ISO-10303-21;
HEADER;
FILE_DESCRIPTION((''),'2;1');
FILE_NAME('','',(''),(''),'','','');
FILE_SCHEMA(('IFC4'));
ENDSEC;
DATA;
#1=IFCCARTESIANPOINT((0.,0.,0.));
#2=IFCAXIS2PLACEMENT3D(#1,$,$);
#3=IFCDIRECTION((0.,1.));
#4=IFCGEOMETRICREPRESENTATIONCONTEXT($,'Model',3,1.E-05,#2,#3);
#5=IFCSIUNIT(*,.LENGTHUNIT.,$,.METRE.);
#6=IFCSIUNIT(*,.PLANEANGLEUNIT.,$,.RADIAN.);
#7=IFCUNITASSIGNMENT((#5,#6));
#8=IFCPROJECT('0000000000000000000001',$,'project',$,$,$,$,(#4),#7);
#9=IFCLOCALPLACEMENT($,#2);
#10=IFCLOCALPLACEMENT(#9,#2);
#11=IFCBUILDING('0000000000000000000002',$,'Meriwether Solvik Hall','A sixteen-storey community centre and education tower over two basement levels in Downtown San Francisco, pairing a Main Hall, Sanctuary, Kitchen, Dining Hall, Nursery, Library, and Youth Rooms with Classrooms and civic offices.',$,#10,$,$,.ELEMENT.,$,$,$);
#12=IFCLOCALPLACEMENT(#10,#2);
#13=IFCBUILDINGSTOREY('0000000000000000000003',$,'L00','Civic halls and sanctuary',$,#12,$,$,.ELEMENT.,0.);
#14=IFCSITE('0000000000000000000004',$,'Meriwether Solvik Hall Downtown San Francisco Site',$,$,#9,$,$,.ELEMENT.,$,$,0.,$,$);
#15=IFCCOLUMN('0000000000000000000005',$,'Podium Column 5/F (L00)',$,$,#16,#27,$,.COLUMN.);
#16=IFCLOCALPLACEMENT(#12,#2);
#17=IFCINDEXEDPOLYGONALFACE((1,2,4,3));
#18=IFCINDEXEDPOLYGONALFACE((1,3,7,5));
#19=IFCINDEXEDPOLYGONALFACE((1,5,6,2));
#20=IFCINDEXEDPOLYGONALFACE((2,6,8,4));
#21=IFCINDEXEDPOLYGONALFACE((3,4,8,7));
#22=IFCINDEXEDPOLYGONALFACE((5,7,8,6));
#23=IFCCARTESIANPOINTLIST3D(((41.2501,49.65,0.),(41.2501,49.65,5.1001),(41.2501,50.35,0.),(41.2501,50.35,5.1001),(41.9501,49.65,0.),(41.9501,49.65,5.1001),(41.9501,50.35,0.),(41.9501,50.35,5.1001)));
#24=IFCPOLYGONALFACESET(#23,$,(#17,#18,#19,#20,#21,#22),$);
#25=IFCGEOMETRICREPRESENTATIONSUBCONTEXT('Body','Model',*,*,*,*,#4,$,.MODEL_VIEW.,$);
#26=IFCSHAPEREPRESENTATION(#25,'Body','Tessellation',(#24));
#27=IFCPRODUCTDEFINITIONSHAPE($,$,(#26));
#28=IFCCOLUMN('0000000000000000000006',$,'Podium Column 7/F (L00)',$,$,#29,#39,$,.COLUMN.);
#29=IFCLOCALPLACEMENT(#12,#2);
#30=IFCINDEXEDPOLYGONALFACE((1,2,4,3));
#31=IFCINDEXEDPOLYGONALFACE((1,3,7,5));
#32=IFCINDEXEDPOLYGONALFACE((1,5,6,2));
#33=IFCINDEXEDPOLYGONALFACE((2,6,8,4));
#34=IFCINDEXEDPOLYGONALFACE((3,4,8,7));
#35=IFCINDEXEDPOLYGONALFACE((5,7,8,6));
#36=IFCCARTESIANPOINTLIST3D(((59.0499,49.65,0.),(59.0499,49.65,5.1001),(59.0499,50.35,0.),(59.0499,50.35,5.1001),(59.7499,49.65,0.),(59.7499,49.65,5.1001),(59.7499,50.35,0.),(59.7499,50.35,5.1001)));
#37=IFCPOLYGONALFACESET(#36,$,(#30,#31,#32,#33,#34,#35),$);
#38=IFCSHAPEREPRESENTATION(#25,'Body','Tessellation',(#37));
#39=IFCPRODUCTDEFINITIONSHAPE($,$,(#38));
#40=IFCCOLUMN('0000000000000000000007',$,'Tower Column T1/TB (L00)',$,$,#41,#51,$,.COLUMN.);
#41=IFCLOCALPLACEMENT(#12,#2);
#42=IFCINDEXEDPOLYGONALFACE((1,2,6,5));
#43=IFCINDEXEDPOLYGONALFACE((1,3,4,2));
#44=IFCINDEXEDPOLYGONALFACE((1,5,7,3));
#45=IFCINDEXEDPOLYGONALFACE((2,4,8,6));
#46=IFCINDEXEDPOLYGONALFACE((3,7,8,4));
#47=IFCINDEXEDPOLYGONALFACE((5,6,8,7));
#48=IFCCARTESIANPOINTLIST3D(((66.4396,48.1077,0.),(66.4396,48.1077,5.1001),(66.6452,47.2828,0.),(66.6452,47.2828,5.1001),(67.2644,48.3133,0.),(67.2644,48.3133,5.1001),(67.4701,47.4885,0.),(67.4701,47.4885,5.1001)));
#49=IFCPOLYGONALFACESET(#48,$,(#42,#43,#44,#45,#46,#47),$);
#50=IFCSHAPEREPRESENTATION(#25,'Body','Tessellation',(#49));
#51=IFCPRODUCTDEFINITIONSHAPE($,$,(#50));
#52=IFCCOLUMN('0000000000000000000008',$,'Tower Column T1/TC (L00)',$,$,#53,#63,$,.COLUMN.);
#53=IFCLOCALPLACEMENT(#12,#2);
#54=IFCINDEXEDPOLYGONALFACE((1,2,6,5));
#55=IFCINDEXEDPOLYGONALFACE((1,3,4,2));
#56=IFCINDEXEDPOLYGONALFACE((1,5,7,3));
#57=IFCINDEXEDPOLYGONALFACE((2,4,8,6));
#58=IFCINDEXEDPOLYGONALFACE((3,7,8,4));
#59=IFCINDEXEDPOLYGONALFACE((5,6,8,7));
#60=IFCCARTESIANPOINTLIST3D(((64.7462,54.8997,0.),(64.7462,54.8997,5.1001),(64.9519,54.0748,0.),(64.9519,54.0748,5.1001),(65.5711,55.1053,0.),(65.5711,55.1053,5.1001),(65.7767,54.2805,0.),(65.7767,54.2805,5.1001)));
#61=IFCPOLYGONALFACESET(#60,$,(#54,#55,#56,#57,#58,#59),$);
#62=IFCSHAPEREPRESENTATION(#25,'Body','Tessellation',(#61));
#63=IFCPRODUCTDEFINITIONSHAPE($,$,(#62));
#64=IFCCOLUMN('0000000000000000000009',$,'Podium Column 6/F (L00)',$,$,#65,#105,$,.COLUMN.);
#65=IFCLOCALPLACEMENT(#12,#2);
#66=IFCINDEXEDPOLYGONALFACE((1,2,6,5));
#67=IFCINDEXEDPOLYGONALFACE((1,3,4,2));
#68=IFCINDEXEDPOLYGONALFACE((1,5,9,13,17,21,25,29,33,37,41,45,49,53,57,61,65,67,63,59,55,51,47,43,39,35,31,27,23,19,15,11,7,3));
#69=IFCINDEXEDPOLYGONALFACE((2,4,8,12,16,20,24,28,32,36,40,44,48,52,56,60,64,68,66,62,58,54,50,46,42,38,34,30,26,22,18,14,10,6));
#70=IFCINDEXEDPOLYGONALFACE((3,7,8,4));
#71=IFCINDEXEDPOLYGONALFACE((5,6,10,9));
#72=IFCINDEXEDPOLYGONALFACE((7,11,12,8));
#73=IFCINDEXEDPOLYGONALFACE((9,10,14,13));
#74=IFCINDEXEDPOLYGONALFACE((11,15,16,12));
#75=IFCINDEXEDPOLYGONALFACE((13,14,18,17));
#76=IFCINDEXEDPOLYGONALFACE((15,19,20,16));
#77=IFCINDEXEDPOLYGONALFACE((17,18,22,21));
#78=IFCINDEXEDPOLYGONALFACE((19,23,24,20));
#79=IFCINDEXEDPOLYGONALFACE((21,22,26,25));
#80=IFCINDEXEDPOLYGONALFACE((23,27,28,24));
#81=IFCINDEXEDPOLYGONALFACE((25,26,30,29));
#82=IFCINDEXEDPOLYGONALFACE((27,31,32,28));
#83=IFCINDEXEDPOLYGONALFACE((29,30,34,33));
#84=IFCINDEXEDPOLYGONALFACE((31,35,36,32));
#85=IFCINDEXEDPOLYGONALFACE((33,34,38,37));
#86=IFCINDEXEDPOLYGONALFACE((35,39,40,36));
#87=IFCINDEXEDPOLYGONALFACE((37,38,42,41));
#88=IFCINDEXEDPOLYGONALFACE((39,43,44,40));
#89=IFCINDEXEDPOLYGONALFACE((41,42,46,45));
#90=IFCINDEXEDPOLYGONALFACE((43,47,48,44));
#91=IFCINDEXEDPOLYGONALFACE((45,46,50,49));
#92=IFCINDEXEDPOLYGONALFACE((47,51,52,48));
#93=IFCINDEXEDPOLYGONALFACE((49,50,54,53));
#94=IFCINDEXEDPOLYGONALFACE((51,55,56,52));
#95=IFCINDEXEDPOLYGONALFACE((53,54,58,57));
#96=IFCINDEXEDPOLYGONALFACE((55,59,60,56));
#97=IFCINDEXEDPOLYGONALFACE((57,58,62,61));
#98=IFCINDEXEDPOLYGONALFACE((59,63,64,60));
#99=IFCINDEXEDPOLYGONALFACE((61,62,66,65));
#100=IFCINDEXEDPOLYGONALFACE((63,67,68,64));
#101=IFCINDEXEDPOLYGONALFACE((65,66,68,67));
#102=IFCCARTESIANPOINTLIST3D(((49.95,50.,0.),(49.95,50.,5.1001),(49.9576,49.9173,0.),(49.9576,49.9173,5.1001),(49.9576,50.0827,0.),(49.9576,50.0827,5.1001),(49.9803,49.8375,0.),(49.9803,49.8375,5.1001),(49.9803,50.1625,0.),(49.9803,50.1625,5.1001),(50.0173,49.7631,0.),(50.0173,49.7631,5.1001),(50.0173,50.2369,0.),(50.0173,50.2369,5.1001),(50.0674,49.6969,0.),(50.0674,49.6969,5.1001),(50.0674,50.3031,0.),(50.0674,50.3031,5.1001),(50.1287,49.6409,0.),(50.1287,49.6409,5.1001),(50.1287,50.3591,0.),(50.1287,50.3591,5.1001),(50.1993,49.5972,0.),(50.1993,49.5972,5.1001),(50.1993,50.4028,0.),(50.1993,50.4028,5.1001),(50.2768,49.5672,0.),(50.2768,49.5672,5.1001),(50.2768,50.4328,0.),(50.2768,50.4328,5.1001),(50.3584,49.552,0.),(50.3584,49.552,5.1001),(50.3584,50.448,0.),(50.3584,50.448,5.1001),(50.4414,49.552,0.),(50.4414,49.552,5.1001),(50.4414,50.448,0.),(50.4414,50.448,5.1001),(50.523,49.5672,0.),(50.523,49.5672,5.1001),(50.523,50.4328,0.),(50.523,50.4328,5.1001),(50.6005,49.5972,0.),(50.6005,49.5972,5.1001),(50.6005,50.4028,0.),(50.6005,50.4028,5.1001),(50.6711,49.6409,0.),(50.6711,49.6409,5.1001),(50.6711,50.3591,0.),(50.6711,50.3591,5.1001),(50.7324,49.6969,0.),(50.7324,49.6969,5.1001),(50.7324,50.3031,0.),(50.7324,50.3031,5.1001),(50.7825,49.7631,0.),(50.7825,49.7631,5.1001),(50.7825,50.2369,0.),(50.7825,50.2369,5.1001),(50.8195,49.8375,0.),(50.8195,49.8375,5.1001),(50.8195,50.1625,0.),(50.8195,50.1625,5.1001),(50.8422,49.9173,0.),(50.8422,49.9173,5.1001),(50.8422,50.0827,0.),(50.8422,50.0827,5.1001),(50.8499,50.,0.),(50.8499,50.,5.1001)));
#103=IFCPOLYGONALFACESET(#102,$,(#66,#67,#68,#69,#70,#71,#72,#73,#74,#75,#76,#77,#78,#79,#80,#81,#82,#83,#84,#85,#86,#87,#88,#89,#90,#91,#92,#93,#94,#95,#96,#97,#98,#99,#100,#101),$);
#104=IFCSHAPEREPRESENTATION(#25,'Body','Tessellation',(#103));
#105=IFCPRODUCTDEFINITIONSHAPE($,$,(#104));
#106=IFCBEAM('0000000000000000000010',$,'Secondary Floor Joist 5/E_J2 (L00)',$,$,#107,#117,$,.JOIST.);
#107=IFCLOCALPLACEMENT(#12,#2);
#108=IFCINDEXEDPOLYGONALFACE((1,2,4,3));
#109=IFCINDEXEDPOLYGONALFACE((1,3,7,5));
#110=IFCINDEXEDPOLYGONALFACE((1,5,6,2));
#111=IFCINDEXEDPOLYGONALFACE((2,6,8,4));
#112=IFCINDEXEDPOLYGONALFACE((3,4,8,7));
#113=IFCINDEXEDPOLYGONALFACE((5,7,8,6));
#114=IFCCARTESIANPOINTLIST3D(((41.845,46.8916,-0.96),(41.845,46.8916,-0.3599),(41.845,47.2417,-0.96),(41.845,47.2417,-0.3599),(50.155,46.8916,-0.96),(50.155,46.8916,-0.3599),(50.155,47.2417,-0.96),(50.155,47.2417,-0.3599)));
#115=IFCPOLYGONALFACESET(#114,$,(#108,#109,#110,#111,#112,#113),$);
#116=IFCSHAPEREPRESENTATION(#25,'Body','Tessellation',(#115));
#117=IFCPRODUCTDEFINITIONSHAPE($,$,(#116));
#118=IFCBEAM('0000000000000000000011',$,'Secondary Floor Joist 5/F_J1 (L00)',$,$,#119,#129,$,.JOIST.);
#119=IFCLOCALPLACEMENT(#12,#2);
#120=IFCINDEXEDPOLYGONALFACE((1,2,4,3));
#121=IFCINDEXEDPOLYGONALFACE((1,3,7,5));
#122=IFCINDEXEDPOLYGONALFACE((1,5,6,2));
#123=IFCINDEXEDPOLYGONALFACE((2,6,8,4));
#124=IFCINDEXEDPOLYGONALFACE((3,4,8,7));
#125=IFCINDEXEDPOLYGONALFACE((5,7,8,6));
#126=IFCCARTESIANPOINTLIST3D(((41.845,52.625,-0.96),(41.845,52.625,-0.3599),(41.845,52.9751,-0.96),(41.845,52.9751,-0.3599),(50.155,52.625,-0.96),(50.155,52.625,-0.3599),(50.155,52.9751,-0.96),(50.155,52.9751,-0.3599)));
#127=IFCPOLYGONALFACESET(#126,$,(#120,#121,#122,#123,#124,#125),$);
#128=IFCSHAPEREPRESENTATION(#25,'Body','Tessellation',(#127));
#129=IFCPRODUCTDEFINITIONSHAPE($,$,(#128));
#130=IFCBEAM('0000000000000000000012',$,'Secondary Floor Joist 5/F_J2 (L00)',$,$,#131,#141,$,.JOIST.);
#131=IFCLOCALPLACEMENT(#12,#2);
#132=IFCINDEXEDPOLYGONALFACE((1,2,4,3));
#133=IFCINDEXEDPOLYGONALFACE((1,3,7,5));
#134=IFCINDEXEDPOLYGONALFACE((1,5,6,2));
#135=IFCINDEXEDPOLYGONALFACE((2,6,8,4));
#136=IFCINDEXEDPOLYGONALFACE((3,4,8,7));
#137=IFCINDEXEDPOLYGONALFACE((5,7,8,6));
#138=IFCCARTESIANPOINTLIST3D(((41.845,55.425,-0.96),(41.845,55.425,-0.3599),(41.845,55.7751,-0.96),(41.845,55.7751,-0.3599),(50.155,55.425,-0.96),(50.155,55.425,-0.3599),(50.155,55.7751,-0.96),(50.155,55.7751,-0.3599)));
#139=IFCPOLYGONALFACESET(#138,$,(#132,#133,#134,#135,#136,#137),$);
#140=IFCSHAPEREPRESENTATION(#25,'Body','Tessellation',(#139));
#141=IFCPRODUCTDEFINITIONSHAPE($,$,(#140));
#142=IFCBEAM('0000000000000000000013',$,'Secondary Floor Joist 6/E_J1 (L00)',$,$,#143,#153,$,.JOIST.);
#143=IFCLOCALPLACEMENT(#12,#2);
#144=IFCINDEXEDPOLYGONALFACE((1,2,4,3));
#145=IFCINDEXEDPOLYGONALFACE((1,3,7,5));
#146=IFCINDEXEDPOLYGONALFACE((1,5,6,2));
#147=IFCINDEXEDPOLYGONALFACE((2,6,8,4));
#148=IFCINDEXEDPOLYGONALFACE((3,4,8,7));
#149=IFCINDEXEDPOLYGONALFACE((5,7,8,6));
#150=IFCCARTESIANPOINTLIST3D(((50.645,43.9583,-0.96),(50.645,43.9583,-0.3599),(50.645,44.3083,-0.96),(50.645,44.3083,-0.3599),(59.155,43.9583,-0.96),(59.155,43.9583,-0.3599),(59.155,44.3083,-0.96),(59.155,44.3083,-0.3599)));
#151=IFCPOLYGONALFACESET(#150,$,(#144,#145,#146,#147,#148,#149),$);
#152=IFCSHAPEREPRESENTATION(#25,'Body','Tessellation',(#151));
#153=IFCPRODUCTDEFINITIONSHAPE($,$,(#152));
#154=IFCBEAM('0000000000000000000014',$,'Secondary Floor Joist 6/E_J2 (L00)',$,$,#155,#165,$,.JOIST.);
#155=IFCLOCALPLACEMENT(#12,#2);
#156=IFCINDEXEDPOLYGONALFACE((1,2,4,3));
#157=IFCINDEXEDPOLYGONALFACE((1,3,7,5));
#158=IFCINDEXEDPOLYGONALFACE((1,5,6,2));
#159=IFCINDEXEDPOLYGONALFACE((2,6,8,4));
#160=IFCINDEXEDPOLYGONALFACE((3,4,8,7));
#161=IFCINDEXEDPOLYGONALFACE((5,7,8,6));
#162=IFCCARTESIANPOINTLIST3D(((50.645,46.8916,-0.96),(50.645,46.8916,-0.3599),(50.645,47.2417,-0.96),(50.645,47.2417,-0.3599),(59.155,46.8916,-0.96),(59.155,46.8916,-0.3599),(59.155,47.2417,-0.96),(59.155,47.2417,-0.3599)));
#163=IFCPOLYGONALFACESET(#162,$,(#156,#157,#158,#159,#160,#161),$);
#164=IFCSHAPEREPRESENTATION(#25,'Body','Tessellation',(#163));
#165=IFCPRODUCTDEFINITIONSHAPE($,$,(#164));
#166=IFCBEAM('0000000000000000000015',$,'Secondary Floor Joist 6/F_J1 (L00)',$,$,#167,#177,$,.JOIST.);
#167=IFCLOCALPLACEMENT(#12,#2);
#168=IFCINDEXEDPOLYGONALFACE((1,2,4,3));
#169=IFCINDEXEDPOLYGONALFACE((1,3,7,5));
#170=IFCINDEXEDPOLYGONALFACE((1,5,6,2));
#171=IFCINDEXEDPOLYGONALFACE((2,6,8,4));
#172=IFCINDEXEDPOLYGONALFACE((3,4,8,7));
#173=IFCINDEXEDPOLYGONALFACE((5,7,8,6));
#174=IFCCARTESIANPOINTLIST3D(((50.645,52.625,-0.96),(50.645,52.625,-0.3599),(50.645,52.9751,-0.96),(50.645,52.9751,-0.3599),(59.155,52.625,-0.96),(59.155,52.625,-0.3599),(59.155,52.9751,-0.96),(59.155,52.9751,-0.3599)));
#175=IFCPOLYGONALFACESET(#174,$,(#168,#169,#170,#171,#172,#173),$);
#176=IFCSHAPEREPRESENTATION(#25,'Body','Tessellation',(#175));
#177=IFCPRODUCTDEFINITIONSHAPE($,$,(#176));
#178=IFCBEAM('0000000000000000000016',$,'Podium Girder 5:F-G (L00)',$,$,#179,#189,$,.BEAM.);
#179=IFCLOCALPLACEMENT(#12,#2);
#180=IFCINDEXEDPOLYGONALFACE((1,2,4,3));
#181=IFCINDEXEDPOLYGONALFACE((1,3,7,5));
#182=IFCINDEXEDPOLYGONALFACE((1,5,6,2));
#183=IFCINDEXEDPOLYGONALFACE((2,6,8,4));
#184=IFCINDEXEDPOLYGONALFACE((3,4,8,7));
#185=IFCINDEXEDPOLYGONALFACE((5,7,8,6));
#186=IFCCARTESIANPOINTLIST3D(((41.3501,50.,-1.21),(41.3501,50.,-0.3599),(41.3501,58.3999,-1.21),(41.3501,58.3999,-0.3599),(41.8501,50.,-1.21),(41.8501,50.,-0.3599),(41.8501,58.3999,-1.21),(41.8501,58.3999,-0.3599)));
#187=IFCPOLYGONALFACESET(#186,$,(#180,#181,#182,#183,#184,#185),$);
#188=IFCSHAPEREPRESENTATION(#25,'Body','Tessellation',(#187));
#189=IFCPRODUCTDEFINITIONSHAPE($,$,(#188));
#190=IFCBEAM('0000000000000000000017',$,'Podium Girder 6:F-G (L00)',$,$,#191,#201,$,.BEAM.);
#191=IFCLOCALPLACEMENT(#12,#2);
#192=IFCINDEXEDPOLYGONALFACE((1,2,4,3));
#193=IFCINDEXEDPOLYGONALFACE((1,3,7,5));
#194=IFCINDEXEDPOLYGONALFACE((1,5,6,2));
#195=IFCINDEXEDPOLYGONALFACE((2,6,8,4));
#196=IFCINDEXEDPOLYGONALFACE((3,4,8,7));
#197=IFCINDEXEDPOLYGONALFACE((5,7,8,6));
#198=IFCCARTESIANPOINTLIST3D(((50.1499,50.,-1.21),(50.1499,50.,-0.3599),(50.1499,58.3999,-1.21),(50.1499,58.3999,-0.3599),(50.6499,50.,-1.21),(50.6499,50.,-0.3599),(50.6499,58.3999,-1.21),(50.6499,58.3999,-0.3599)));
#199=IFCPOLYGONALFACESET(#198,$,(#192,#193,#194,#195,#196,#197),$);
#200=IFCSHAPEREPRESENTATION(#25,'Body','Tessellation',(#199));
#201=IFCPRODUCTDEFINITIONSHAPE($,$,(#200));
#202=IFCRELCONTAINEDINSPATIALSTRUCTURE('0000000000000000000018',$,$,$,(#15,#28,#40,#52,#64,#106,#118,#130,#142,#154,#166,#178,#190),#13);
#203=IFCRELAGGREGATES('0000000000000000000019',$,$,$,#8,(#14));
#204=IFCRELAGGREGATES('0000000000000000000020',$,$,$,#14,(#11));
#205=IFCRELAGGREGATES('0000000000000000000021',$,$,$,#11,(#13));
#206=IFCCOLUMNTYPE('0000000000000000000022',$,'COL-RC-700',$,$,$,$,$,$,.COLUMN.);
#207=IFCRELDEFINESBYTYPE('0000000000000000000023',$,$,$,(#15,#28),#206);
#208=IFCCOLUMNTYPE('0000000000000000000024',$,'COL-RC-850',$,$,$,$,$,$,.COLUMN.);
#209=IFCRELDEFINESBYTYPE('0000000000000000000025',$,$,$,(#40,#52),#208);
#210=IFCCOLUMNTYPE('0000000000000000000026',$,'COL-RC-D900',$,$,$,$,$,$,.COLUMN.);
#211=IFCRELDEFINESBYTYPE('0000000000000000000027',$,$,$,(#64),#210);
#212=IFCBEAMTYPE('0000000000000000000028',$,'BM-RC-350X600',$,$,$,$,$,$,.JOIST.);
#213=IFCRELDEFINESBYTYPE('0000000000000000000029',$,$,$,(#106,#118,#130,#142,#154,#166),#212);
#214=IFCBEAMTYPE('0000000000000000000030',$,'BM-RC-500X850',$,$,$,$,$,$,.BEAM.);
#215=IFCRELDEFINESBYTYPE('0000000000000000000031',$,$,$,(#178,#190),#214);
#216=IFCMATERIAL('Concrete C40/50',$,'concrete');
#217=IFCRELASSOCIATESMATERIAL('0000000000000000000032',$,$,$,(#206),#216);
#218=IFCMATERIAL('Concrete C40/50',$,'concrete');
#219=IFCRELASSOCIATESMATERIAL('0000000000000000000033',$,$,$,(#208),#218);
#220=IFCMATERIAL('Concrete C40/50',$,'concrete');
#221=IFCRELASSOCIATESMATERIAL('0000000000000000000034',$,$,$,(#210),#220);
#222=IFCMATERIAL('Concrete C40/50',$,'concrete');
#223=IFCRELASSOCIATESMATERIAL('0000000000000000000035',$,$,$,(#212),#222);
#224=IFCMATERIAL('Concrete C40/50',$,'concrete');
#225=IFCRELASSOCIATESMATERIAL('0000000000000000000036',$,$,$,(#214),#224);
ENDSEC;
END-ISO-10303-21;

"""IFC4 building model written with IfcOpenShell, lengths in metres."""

from ifc_helpers import new_model, si_unit, direction, frame, origin, origin_2d, place, context, subcontext, project, spatial, rectangle, circle, extrude, material, material_profile, profile_set, type_object, element, save


model = new_model("IFC4")

# Units and contexts
model_context = context("Model", 3, precision=1e-05, world=origin(), true_north=direction((0.0, 1.0)))
body_context = subcontext(model_context, "Body", "Model", "MODEL_VIEW")
ifc_project = project(units=[si_unit("LENGTHUNIT", "METRE"), si_unit("PLANEANGLEUNIT", "RADIAN")], contexts=[model_context])

# Site, building, storey
site_placement = place(None, origin())
site = spatial("IfcSite", under=ifc_project, at=site_placement, Name="Meriwether Solvik Hall Downtown San Francisco Site", CompositionType="ELEMENT", RefElevation=0.0)
building_placement = place(site_placement, origin())
building = spatial("IfcBuilding", under=site, at=building_placement, Name="Meriwether Solvik Hall", Description="A sixteen-storey community centre and education tower over two basement levels in Downtown San Francisco, pairing a Main Hall, Sanctuary, Kitchen, Dining Hall, Nursery, Library, and Youth Rooms with Classrooms and civic offices.", CompositionType="ELEMENT")
storey_placement = place(building_placement, origin())
storey = spatial("IfcBuildingStorey", under=building, at=storey_placement, Name="L00", Description="Civic halls and sanctuary", CompositionType="ELEMENT", Elevation=0.0)

# Columns
ifc_material_1 = material(Name="Concrete C40/50", Category="concrete")
ifc_material_profile_1 = material_profile(ifc_material_1, rectangle(XDim=0.7, YDim=0.7, at=origin_2d()), Name="RCC-700X700")
ifc_profile_set_1 = profile_set([ifc_material_profile_1], Name="Concrete C40/50")
column_type_1 = type_object("IfcColumnType", Name="COL-RC-700", PredefinedType="COLUMN", material=ifc_profile_set_1)
for number, where, z_axis, x_axis, name in (
    (1, (41.6001, 50.0, 0.0), (0.0, 0.0, 1.0), (1.0, 0.0, 0.0), "Podium Column 5/F (L00)"),
    (2, (59.3999, 50.0, 0.0), (0.0, 0.0, 1.0), (1.0, 0.0, 0.0), "Podium Column 7/F (L00)"),
):
    element("IfcColumn", number, at=place(storey_placement, frame(where, z_axis=z_axis, x_axis=x_axis)), inside=storey, type_object=column_type_1, Name=name, PredefinedType="COLUMN", context=body_context, shape_type="SweptSolid", body=[
        extrude(rectangle(XDim=0.7, YDim=0.7, at=origin_2d()), origin(), (0.0, 0.0, 1.0), 5.1001),
    ])
ifc_material_2 = material(Name="Concrete C40/50", Category="concrete")
ifc_material_profile_2 = material_profile(ifc_material_2, rectangle(XDim=0.8501, YDim=0.8501, at=origin_2d()), Name="RCC-850X850")
ifc_profile_set_2 = profile_set([ifc_material_profile_2], Name="Concrete C40/50")
column_type_2 = type_object("IfcColumnType", Name="COL-RC-850", PredefinedType="COLUMN", material=ifc_profile_set_2)
for number, where, z_axis, x_axis, name in (
    (3, (66.9548, 47.7981, 0.0), (0.0, 0.0, 1.0), (0.970296, 0.241922, 0.0), "Tower Column T1/TB (L00)"),
    (4, (65.2615, 54.5901, 0.0), (0.0, 0.0, 1.0), (0.970296, 0.241922, 0.0), "Tower Column T1/TC (L00)"),
):
    element("IfcColumn", number, at=place(storey_placement, frame(where, z_axis=z_axis, x_axis=x_axis)), inside=storey, type_object=column_type_2, Name=name, PredefinedType="COLUMN", context=body_context, shape_type="SweptSolid", body=[
        extrude(rectangle(XDim=0.8501, YDim=0.8501, at=origin_2d()), origin(), (0.0, 0.0, 1.0), 5.1001),
    ])
ifc_material_3 = material(Name="Concrete C40/50", Category="concrete")
ifc_material_profile_3 = material_profile(ifc_material_3, circle(Radius=0.45, at=origin_2d()), Name="RCC-D900")
ifc_profile_set_3 = profile_set([ifc_material_profile_3], Name="Concrete C40/50")
column_type_3 = type_object("IfcColumnType", Name="COL-RC-D900", PredefinedType="COLUMN", material=ifc_profile_set_3)
column_placement = place(storey_placement, frame((50.3999, 50.0, 0.0), z_axis=(0.0, 0.0, 1.0), x_axis=(1.0, 0.0, 0.0)))
element("IfcColumn", 5, at=column_placement, inside=storey, type_object=column_type_3, Name="Podium Column 6/F (L00)", PredefinedType="COLUMN", context=body_context, shape_type="SweptSolid", body=[
    extrude(circle(Radius=0.45, at=origin_2d()), origin(), (0.0, 0.0, 1.0), 5.1001),
])

# Beams
ifc_material_4 = material(Name="Concrete C40/50", Category="concrete")
ifc_material_profile_4 = material_profile(ifc_material_4, rectangle(XDim=0.3501, YDim=0.6001, at=origin_2d()), Name="RCB-350X600")
ifc_profile_set_4 = profile_set([ifc_material_profile_4], Name="Concrete C40/50")
beam_type_1 = type_object("IfcBeamType", Name="BM-RC-350X600", PredefinedType="JOIST", material=ifc_profile_set_4)
for number, where, z_axis, x_axis, name in (
    (6, (41.845, 47.0667, -0.6599), (1.0, 0.0, 0.0), (0.0, 1.0, 0.0), "Secondary Floor Joist 5/E_J2 (L00)"),
    (7, (41.845, 52.8, -0.6599), (1.0, 0.0, 0.0), (0.0, 1.0, 0.0), "Secondary Floor Joist 5/F_J1 (L00)"),
    (8, (41.845, 55.6001, -0.6599), (1.0, 0.0, 0.0), (0.0, 1.0, 0.0), "Secondary Floor Joist 5/F_J2 (L00)"),
):
    element("IfcBeam", number, at=place(storey_placement, frame(where, z_axis=z_axis, x_axis=x_axis)), inside=storey, type_object=beam_type_1, Name=name, PredefinedType="JOIST", context=body_context, shape_type="SweptSolid", body=[
        extrude(rectangle(XDim=0.3501, YDim=0.6001, at=origin_2d()), origin(), (0.0, 0.0, 1.0), 8.3101),
    ])
for number, where, z_axis, x_axis, name in (
    (9, (50.645, 44.1333, -0.6599), (1.0, 0.0, 0.0), (0.0, 1.0, 0.0), "Secondary Floor Joist 6/E_J1 (L00)"),
    (10, (50.645, 47.0667, -0.6599), (1.0, 0.0, 0.0), (0.0, 1.0, 0.0), "Secondary Floor Joist 6/E_J2 (L00)"),
    (11, (50.645, 52.8, -0.6599), (1.0, 0.0, 0.0), (0.0, 1.0, 0.0), "Secondary Floor Joist 6/F_J1 (L00)"),
):
    element("IfcBeam", number, at=place(storey_placement, frame(where, z_axis=z_axis, x_axis=x_axis)), inside=storey, type_object=beam_type_1, Name=name, PredefinedType="JOIST", context=body_context, shape_type="SweptSolid", body=[
        extrude(rectangle(XDim=0.3501, YDim=0.6001, at=origin_2d()), origin(), (0.0, 0.0, 1.0), 8.51),
    ])
ifc_material_5 = material(Name="Concrete C40/50", Category="concrete")
ifc_material_profile_5 = material_profile(ifc_material_5, rectangle(XDim=0.5, YDim=0.8501, at=origin_2d()), Name="RCB-500X850")
ifc_profile_set_5 = profile_set([ifc_material_profile_5], Name="Concrete C40/50")
beam_type_2 = type_object("IfcBeamType", Name="BM-RC-500X850", PredefinedType="BEAM", material=ifc_profile_set_5)
for number, where, z_axis, x_axis, name in (
    (12, (41.6001, 50.0, -0.7849), (0.0, 1.0, 0.0), (-1.0, 0.0, 0.0), "Podium Girder 5:F-G (L00)"),
    (13, (50.3999, 50.0, -0.7849), (0.0, 1.0, 0.0), (-1.0, 0.0, 0.0), "Podium Girder 6:F-G (L00)"),
):
    element("IfcBeam", number, at=place(storey_placement, frame(where, z_axis=z_axis, x_axis=x_axis)), inside=storey, type_object=beam_type_2, Name=name, PredefinedType="BEAM", context=body_context, shape_type="SweptSolid", body=[
        extrude(rectangle(XDim=0.5, YDim=0.8501, at=origin_2d()), origin(), (0.0, 0.0, 1.0), 8.3999),
    ])

save(model, "model.ifc")
